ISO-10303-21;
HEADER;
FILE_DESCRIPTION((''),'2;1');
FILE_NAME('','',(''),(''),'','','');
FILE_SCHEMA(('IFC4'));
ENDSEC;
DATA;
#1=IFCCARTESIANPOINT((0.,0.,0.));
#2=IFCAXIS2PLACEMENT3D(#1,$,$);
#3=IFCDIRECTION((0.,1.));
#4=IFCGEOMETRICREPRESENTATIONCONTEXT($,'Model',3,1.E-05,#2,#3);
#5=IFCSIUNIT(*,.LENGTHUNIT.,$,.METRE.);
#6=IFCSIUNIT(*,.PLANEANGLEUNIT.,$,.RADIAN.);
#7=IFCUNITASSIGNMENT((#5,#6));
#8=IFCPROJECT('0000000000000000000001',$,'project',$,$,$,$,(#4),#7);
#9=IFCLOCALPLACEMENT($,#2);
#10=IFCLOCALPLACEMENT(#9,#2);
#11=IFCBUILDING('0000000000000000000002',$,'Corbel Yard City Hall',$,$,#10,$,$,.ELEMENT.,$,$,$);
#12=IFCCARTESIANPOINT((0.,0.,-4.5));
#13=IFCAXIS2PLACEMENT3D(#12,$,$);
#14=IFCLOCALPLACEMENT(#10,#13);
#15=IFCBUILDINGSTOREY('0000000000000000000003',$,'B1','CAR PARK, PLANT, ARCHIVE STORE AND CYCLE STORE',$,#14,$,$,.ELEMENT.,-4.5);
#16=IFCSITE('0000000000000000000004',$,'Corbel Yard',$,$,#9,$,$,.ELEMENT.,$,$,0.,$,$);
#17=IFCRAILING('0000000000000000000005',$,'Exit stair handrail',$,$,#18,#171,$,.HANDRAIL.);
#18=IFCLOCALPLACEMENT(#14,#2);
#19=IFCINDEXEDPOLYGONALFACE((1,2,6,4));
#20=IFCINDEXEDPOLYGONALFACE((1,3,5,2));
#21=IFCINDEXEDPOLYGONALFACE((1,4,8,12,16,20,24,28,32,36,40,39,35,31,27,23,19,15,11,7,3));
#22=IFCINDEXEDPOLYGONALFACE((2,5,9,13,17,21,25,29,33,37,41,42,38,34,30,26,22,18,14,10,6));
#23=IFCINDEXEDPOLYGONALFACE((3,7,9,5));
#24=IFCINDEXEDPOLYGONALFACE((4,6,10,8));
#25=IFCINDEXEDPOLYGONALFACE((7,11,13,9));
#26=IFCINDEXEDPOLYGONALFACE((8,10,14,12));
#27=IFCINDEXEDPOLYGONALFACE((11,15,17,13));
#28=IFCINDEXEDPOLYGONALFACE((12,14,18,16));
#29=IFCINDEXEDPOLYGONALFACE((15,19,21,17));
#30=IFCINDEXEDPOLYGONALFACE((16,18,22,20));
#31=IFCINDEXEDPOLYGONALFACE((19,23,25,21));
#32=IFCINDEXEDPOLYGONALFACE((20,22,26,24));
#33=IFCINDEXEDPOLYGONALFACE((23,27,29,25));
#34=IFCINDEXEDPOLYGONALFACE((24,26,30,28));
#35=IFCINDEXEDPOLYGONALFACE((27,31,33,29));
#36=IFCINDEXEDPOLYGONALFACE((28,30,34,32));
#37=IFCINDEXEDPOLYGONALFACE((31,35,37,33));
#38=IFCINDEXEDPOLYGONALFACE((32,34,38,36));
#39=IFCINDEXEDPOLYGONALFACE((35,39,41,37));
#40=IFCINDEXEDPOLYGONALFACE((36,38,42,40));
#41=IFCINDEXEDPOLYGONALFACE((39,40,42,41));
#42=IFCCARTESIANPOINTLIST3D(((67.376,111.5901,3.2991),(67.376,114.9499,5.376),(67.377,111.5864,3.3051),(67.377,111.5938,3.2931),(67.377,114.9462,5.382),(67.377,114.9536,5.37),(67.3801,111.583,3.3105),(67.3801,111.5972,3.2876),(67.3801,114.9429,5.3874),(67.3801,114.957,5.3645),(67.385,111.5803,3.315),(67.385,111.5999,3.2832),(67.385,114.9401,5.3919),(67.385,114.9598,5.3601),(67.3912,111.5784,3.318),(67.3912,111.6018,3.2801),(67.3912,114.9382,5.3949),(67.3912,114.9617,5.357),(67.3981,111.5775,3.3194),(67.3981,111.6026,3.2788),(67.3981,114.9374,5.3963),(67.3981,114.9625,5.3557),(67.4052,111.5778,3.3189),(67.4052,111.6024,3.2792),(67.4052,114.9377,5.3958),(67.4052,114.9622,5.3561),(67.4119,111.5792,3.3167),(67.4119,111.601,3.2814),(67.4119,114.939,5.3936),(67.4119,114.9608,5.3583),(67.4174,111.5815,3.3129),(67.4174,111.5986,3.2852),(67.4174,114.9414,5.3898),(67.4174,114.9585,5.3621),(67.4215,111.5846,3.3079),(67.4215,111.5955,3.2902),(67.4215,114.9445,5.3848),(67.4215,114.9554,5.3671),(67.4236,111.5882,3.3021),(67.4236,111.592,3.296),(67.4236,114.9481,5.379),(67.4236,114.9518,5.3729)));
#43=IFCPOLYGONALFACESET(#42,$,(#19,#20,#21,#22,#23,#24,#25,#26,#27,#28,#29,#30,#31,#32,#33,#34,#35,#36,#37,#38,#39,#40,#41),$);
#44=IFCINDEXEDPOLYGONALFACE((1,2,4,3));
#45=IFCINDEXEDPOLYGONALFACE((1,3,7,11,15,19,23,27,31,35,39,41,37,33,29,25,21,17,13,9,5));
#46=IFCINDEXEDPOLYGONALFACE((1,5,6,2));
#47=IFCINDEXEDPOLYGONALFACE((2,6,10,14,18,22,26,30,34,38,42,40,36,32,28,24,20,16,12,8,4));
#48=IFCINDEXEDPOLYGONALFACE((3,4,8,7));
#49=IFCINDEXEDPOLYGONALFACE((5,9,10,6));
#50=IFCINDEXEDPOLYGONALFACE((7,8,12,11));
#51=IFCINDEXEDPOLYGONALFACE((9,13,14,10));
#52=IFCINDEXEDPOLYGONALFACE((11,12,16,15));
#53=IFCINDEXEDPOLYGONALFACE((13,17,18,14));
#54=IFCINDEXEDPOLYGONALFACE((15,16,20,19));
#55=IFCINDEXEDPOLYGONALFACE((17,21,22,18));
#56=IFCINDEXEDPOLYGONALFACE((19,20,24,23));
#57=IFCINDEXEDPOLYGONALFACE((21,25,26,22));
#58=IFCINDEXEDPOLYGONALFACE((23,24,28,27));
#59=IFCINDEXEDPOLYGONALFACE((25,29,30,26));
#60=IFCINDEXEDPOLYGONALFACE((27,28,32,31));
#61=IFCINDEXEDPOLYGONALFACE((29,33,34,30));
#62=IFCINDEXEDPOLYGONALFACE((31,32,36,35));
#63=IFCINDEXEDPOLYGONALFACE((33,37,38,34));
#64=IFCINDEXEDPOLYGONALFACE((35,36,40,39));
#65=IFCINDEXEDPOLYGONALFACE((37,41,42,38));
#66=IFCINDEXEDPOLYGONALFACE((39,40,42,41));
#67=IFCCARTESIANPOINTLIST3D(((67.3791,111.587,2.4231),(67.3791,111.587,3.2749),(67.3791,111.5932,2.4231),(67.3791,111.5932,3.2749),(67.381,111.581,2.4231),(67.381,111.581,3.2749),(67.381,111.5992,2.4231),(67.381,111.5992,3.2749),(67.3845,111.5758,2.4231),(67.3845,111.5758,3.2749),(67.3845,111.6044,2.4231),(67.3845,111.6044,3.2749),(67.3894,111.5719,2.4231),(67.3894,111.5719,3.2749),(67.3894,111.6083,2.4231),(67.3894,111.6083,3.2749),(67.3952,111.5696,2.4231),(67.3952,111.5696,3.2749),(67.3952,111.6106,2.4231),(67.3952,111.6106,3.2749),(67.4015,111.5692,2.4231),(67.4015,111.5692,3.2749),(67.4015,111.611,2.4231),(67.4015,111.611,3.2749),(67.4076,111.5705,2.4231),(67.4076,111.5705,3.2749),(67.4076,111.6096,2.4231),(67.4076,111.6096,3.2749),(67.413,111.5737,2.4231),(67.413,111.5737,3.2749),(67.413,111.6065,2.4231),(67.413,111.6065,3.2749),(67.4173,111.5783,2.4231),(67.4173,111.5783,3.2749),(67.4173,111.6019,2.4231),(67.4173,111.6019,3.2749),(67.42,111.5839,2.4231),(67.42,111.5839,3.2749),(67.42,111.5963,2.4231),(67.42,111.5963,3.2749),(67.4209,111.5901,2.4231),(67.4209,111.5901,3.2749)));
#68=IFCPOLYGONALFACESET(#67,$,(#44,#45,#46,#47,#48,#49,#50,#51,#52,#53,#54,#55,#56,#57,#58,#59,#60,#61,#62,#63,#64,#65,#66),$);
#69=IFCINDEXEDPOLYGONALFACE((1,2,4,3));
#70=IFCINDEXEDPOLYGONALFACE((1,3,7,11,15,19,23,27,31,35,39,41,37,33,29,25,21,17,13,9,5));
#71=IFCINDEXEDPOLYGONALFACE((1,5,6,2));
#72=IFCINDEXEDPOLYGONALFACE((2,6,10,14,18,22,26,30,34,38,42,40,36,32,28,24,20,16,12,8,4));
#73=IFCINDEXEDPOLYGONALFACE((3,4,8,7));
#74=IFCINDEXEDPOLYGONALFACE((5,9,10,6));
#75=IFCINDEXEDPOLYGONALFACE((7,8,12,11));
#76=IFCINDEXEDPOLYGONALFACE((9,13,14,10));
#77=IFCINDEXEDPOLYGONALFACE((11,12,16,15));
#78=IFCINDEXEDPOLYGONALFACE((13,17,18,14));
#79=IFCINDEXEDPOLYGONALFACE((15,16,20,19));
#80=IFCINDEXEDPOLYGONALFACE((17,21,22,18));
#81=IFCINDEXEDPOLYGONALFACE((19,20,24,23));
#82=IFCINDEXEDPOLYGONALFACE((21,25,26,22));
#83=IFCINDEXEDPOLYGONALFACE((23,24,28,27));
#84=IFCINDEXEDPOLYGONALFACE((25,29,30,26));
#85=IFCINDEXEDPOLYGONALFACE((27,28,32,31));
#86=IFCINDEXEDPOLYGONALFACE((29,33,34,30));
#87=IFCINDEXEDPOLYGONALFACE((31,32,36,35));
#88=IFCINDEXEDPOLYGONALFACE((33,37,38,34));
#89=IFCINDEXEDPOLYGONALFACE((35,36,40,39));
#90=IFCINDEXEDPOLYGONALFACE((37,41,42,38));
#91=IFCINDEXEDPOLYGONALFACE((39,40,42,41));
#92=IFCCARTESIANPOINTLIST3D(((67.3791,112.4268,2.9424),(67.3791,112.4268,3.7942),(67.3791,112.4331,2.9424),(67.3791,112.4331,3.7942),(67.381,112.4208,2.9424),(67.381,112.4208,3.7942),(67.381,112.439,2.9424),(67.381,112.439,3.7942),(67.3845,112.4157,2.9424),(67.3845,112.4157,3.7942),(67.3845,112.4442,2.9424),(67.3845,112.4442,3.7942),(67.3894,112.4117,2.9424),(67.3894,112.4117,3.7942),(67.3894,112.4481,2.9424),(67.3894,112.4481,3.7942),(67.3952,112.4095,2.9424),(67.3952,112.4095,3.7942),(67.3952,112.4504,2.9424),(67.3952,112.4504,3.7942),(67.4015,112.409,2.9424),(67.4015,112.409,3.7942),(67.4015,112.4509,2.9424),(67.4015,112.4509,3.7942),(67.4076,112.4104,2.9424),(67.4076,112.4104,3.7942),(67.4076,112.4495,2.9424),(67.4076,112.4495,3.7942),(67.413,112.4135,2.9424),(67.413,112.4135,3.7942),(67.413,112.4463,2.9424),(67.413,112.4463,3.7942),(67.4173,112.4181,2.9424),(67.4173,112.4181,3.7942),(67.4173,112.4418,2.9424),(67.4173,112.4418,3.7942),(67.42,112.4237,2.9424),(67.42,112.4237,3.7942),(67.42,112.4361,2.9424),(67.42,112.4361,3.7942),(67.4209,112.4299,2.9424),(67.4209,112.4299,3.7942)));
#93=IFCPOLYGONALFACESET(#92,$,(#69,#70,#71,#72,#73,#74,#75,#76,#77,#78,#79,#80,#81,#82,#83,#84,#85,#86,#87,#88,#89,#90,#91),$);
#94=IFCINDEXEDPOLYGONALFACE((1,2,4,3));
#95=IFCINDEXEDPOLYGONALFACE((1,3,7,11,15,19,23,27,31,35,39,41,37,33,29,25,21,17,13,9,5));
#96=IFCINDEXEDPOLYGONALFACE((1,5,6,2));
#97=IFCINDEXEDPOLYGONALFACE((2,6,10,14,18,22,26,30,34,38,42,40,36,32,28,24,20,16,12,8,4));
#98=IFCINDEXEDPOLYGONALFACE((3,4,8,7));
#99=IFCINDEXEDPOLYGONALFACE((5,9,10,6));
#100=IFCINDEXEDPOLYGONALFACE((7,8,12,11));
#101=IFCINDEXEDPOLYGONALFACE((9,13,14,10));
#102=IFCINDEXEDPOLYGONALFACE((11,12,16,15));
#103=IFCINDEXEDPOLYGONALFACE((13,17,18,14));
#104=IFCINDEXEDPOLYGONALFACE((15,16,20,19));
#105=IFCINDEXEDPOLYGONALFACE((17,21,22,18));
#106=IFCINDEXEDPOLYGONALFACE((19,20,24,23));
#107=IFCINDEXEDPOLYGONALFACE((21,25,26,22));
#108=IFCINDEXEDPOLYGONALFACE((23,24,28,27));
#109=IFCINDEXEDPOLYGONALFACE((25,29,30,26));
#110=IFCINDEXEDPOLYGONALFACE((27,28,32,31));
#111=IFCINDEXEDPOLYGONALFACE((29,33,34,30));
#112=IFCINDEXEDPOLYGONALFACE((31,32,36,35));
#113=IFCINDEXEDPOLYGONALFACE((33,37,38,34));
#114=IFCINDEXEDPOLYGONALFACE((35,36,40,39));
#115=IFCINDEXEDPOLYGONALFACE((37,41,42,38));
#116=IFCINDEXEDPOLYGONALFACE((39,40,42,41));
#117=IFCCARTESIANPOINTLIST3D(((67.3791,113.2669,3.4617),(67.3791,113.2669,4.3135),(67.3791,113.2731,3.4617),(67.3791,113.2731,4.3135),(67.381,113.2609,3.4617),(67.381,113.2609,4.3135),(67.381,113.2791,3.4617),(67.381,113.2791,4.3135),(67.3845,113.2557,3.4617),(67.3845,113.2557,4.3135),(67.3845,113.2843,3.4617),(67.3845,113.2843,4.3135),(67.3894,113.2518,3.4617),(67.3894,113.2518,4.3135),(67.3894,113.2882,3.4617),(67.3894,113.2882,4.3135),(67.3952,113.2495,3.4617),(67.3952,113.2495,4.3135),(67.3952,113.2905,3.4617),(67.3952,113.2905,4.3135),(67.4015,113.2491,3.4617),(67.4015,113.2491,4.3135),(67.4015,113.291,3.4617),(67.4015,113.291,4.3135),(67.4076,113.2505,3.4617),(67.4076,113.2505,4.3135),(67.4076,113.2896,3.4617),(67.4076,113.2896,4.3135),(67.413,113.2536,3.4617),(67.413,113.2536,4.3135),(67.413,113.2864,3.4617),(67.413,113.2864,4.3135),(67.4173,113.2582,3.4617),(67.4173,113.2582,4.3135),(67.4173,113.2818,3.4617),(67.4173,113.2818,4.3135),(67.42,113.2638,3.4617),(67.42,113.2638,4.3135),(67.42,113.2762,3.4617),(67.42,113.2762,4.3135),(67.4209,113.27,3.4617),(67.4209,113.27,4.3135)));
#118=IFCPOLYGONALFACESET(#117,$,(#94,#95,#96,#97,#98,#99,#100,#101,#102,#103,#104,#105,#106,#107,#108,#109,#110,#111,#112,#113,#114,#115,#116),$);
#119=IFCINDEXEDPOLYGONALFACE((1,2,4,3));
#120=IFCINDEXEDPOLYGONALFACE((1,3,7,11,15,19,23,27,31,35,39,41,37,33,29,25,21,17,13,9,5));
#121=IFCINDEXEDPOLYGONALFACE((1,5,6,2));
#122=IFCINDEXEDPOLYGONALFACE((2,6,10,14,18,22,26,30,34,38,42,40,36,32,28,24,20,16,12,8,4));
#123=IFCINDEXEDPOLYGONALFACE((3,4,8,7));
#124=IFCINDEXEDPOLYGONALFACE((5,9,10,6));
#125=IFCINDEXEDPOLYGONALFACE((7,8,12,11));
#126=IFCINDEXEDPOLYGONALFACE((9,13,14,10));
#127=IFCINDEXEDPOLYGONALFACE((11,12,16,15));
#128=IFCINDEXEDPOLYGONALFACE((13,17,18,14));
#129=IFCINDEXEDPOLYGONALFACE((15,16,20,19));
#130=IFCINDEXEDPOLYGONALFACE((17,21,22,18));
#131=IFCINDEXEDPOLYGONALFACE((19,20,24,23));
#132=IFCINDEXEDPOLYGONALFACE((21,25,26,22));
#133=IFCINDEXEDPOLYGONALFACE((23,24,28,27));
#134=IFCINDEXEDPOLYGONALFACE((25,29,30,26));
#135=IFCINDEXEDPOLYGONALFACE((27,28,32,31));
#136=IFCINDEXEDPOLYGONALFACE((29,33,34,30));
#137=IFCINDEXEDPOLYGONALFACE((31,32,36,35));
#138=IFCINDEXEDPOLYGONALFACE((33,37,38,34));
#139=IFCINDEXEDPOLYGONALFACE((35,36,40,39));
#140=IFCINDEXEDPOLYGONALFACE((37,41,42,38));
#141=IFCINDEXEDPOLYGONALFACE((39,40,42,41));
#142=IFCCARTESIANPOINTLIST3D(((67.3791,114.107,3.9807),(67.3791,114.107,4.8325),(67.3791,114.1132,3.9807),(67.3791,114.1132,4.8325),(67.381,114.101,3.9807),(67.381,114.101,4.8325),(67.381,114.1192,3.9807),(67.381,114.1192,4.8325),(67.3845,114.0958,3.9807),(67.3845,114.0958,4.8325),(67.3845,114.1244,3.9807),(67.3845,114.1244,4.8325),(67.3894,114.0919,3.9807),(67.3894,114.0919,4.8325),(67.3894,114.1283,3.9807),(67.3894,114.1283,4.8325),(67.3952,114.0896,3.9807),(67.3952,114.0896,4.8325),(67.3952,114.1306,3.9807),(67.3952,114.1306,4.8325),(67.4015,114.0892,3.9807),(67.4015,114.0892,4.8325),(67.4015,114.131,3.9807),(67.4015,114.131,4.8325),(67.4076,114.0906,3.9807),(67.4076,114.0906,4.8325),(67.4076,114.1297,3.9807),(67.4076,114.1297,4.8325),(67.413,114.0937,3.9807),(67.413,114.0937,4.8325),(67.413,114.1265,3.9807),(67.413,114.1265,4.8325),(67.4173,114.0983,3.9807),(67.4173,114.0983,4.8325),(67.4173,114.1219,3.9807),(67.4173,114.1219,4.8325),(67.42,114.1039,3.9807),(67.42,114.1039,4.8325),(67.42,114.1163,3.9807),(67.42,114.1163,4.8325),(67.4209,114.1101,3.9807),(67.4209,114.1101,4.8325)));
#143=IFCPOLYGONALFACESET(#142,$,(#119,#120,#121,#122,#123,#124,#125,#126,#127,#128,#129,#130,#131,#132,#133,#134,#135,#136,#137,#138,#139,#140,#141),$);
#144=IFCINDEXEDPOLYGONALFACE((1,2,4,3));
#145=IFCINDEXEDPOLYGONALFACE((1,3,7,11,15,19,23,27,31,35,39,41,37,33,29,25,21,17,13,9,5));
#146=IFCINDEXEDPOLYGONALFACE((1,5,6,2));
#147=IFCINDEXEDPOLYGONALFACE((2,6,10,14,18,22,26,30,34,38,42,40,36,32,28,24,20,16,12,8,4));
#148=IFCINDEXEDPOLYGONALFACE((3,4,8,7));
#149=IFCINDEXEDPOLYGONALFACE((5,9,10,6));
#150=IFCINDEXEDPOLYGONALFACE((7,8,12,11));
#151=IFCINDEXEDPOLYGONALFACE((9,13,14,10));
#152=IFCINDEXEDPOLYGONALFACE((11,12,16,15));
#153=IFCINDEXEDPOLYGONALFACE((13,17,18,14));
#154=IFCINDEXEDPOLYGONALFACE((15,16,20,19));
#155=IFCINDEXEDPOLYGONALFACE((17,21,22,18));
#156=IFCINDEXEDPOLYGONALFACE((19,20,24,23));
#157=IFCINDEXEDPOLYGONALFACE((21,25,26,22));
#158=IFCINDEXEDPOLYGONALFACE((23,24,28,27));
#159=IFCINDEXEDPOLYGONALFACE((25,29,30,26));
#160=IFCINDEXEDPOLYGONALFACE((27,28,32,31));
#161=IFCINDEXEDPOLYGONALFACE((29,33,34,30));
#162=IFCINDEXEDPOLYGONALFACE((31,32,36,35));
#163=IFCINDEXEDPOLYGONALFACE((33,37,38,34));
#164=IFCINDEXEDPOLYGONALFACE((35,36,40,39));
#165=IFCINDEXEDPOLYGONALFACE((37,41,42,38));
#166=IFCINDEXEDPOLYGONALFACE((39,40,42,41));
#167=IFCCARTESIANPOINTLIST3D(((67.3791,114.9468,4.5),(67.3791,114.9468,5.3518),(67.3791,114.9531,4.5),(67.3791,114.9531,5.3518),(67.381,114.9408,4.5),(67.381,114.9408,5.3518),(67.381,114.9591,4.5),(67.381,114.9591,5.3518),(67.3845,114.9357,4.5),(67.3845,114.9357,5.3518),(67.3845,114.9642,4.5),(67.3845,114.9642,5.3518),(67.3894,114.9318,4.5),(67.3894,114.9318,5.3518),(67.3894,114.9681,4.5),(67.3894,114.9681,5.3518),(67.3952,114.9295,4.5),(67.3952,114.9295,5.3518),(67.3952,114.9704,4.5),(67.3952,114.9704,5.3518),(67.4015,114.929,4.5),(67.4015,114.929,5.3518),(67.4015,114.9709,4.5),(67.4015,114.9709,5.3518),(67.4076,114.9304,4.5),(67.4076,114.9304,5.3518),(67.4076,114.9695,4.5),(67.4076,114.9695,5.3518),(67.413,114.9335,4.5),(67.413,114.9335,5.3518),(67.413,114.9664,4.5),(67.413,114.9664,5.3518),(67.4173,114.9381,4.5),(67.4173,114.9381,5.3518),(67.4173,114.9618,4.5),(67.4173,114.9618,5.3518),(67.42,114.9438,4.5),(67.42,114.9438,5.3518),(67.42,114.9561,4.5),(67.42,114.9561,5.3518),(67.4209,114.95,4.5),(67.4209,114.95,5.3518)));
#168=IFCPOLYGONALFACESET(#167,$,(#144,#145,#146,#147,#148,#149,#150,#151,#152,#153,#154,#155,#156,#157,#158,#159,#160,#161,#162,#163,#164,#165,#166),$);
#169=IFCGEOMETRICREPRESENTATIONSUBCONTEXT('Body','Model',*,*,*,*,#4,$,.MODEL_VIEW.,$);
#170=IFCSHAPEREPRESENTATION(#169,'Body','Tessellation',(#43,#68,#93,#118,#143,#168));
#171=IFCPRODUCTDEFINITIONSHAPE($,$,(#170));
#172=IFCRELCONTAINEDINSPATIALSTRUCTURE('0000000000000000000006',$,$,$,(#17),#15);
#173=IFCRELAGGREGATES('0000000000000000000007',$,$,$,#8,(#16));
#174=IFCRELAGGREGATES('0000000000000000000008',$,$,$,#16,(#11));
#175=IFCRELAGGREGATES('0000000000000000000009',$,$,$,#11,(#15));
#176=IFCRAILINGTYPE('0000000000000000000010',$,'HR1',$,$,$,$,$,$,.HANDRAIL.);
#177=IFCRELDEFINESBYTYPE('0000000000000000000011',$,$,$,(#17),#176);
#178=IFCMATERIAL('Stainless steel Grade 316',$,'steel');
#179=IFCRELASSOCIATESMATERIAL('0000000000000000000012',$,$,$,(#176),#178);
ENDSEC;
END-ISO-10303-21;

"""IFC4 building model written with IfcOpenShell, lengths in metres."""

from ifc_helpers import new_model, si_unit, direction, frame, origin, origin_2d, place, context, subcontext, project, spatial, circle, extrude, material, type_object, element, save


model = new_model("IFC4")

# Units and contexts
model_context = context("Model", 3, precision=1e-05, world=origin(), true_north=direction((0.0, 1.0)))
body_context = subcontext(model_context, "Body", "Model", "MODEL_VIEW")
ifc_project = project(units=[si_unit("LENGTHUNIT", "METRE"), si_unit("PLANEANGLEUNIT", "RADIAN")], contexts=[model_context])

# Site, building, storey
site_placement = place(None, origin())
site = spatial("IfcSite", under=ifc_project, at=site_placement, Name="Corbel Yard", CompositionType="ELEMENT", RefElevation=0.0)
building_placement = place(site_placement, origin())
building = spatial("IfcBuilding", under=site, at=building_placement, Name="Corbel Yard City Hall", CompositionType="ELEMENT")
storey_placement = place(building_placement, frame((0.0, 0.0, -4.5)))
storey = spatial("IfcBuildingStorey", under=building, at=storey_placement, Name="B1", Description="CAR PARK, PLANT, ARCHIVE STORE AND CYCLE STORE", CompositionType="ELEMENT", Elevation=-4.5)

# Railing
ifc_material_1 = material(Name="Stainless steel Grade 316", Category="steel")
railing_type = type_object("IfcRailingType", Name="HR1", PredefinedType="HANDRAIL", material=ifc_material_1)
for number, where, name in (
    (1, (67.3999, 111.5901, 2.4231), "Exit stair handrail"),
):
    element("IfcRailing", number, at=place(storey_placement, frame(where)), inside=storey, type_object=railing_type, Name=name, PredefinedType="HANDRAIL", context=body_context, shape_type="SweptSolid", body=[
        extrude(circle(Radius=0.0239, at=origin_2d()), frame((0.0, 0.0, 0.876), z_axis=(0.0, 0.850606, 0.525803), x_axis=(-1.0, 0.0, 0.0)), (0.0, 0.0, 1.0), 3.95),
        extrude(circle(Radius=0.021, at=origin_2d()), origin(), (0.0, 0.0, 1.0), 0.8518),
        extrude(circle(Radius=0.021, at=origin_2d()), frame((0.0, 0.8398, 0.5193)), (0.0, 0.0, 1.0), 0.8518),
        extrude(circle(Radius=0.021, at=origin_2d()), frame((0.0, 1.6799, 1.0386)), (0.0, 0.0, 1.0), 0.8518),
        extrude(circle(Radius=0.021, at=origin_2d()), frame((0.0, 2.52, 1.5576)), (0.0, 0.0, 1.0), 0.8518),
        extrude(circle(Radius=0.021, at=origin_2d()), frame((0.0, 3.3599, 2.0769)), (0.0, 0.0, 1.0), 0.8518),
    ])

save(model, "model.ifc")
